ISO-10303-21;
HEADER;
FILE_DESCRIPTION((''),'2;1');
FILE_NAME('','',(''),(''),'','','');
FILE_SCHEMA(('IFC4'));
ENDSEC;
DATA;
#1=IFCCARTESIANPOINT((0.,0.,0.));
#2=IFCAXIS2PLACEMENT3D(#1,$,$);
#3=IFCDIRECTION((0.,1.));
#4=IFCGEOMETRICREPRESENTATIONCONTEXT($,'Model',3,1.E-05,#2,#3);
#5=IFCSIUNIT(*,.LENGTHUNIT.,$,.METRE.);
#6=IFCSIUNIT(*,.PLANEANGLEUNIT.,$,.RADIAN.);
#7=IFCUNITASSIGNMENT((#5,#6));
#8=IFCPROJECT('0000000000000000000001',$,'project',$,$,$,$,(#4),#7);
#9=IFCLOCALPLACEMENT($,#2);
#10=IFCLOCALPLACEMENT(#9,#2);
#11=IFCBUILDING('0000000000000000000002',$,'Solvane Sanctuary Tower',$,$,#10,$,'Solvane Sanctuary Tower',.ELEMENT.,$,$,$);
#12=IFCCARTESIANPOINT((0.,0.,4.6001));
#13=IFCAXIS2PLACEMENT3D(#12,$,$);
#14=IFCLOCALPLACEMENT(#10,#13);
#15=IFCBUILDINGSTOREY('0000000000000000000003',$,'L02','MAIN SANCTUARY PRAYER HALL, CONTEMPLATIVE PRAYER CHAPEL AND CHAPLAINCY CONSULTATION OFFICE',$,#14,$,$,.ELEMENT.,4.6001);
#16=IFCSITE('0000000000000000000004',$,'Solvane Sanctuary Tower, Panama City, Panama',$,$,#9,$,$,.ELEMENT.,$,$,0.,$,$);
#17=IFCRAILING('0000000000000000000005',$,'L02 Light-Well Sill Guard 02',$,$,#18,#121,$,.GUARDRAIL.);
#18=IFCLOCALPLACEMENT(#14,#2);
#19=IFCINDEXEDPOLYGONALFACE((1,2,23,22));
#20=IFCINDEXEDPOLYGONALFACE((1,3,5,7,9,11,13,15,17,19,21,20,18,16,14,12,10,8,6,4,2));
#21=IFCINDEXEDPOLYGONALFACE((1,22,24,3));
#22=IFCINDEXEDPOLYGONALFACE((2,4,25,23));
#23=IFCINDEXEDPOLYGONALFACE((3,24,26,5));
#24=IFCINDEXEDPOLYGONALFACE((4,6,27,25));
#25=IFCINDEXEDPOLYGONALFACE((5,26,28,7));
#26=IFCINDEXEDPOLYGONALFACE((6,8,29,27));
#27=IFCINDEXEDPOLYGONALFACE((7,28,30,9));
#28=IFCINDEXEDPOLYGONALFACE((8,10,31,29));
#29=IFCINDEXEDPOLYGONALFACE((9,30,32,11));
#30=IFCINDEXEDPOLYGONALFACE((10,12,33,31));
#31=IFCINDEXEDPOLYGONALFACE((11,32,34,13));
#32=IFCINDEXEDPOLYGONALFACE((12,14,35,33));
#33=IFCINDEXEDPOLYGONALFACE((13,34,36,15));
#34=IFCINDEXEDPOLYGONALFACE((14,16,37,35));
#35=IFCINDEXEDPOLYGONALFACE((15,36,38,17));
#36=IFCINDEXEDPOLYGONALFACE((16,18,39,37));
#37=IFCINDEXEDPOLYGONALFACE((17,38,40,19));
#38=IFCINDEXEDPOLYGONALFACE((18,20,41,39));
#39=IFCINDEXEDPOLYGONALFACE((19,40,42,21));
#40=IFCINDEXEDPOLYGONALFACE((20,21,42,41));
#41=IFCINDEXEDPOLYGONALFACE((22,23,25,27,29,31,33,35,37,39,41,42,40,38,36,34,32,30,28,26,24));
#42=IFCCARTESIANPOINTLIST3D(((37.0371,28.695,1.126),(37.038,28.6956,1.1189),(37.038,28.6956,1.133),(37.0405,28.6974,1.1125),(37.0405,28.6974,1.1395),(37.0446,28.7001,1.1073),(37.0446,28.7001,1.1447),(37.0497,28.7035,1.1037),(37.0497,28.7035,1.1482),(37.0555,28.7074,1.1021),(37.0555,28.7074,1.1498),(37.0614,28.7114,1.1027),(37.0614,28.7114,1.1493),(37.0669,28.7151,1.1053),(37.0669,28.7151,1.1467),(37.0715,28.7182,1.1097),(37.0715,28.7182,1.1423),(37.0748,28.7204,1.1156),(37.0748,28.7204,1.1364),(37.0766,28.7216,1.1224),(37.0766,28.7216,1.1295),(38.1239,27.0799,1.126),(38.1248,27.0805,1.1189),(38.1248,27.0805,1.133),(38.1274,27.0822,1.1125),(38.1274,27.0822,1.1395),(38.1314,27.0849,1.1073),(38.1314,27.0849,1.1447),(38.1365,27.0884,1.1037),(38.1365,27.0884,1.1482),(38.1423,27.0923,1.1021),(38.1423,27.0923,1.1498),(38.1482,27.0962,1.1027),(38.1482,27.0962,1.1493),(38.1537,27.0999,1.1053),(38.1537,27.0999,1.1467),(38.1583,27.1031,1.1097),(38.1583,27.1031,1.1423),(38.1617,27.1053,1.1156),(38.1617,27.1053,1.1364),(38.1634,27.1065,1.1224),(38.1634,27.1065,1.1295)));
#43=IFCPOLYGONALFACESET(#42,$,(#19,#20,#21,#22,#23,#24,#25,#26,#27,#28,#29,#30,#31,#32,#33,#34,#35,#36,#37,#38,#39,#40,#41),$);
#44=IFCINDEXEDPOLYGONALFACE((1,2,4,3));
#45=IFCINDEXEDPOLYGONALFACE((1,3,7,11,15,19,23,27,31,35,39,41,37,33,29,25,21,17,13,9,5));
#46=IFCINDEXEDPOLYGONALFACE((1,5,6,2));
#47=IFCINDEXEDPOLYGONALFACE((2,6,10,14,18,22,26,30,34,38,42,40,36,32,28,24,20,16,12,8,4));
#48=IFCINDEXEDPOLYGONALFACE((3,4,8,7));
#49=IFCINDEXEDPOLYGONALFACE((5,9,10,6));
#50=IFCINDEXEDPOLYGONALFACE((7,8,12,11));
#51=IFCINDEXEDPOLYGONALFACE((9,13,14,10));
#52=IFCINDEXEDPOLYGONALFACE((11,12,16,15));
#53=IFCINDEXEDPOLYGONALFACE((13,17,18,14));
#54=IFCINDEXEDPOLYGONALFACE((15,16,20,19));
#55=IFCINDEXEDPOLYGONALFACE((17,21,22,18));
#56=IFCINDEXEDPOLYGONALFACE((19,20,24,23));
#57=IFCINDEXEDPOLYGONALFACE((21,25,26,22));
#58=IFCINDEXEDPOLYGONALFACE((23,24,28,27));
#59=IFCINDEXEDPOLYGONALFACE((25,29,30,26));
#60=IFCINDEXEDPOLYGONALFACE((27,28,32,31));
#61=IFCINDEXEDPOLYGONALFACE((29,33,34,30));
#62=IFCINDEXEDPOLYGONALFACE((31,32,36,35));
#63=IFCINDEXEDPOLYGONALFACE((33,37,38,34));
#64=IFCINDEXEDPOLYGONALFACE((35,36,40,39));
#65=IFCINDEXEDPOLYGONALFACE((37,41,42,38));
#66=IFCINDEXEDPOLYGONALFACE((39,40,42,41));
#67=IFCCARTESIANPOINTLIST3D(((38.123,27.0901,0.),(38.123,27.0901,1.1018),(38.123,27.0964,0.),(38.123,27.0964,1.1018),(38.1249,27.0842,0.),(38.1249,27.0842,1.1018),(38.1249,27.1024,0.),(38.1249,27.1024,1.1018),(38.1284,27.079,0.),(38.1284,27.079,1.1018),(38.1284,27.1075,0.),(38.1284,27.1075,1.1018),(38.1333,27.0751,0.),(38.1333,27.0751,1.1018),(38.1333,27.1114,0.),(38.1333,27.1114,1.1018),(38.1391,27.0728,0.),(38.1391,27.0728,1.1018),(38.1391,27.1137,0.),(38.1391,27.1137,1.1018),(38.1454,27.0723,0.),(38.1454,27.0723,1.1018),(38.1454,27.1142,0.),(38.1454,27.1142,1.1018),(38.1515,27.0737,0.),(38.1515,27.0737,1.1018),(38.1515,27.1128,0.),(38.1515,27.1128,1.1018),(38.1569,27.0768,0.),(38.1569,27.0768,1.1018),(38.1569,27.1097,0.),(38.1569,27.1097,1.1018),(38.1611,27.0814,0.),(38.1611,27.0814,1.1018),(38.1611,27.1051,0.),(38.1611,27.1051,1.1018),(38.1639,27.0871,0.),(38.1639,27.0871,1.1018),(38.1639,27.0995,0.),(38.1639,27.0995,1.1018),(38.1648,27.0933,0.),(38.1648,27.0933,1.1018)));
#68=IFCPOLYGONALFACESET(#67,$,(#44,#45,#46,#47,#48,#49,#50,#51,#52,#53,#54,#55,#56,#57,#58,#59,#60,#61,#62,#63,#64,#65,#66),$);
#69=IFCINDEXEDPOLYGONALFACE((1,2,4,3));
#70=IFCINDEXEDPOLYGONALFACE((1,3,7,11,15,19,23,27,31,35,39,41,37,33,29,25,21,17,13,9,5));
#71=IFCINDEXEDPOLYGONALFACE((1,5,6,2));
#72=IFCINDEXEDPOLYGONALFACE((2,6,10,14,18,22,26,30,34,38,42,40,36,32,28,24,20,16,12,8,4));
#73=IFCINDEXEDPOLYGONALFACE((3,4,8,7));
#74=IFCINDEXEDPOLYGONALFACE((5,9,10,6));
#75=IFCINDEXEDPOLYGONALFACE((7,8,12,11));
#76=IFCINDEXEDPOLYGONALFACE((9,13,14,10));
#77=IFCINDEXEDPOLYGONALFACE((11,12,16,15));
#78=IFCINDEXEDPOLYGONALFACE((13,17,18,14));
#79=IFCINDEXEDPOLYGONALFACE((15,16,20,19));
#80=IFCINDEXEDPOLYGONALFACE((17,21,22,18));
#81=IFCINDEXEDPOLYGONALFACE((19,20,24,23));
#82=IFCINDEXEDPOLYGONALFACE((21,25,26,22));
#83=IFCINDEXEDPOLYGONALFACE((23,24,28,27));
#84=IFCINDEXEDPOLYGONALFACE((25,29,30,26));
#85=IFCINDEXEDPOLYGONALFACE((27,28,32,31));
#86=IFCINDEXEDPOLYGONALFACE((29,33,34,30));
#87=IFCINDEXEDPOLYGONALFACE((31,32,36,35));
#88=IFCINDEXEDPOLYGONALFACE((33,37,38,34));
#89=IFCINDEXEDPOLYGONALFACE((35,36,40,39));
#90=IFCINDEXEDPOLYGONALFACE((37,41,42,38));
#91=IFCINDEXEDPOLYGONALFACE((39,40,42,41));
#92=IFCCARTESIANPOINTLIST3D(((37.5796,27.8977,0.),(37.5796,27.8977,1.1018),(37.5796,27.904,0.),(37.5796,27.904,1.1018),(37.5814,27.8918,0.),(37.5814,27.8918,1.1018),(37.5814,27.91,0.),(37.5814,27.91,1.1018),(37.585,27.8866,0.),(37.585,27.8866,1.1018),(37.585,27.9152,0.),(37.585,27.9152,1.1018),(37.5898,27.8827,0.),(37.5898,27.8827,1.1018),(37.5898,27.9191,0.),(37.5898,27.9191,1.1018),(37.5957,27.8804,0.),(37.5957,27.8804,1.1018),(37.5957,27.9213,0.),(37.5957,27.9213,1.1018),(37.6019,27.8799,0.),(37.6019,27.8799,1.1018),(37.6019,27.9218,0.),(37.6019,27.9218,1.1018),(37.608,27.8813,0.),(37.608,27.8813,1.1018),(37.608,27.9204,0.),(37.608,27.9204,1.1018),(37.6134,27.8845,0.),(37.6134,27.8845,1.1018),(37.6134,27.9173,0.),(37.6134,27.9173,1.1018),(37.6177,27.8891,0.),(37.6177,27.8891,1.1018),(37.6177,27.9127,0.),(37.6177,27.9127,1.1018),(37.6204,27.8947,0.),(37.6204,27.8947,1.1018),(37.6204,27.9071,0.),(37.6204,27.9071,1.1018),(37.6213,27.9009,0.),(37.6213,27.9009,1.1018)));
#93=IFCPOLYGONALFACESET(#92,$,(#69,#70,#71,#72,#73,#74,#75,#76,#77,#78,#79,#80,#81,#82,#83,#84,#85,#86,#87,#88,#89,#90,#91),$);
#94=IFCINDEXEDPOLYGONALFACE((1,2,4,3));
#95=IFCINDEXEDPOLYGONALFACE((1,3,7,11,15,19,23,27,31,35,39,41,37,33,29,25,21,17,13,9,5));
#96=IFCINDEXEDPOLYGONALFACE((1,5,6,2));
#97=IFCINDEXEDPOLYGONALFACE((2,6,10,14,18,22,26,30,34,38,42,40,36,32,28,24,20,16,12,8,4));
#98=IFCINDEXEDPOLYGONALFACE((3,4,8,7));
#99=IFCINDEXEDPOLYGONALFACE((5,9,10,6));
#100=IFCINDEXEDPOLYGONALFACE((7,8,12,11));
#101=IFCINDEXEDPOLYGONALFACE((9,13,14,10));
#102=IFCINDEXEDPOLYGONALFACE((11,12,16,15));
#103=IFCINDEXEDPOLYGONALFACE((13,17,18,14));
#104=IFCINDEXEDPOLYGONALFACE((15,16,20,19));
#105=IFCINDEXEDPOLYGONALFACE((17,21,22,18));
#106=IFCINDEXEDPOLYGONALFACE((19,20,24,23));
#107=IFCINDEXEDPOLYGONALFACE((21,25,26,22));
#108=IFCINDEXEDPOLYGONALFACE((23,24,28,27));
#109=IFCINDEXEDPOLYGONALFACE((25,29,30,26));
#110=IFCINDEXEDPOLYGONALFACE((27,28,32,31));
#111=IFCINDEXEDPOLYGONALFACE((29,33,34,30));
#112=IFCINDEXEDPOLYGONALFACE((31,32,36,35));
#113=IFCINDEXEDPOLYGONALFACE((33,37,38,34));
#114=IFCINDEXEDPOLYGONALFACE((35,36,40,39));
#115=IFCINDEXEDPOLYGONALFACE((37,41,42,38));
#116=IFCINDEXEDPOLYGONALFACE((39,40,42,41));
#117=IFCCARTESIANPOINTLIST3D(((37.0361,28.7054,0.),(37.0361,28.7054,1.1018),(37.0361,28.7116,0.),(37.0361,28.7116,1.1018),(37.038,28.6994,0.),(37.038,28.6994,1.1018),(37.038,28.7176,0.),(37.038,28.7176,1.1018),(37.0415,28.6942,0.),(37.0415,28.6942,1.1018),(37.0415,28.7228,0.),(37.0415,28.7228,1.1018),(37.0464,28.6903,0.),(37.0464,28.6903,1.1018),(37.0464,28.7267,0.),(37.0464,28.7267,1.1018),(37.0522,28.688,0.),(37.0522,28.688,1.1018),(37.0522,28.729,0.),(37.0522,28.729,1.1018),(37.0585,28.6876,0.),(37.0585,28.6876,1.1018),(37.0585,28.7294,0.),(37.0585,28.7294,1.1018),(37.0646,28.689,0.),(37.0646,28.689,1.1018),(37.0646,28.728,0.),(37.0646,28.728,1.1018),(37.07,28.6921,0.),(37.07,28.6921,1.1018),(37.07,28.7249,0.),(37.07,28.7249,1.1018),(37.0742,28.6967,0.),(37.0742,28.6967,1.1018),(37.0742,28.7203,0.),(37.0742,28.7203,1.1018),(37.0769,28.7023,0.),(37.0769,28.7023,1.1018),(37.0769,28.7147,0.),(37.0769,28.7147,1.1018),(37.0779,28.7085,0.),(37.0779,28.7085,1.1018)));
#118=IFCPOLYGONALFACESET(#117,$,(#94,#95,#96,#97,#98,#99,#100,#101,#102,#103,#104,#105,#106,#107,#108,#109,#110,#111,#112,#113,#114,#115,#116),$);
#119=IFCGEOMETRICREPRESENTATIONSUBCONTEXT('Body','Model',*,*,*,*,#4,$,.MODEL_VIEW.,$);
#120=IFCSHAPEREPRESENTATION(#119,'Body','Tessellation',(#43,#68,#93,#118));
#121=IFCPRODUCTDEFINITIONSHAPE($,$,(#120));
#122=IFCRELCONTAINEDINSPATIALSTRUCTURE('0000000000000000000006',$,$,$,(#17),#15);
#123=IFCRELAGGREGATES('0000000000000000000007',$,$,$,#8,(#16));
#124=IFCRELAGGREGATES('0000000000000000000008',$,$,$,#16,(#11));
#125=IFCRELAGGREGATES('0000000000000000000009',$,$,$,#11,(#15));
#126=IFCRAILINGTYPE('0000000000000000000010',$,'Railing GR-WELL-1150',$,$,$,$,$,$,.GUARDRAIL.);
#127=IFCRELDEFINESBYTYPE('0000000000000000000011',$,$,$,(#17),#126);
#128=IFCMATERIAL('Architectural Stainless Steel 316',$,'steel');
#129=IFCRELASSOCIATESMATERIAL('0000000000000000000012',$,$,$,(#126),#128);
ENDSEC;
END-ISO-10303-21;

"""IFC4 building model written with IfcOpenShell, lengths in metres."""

from ifc_helpers import new_model, si_unit, direction, frame, origin, origin_2d, place, context, subcontext, project, spatial, circle, extrude, material, type_object, element, save


model = new_model("IFC4")

# Units and contexts
model_context = context("Model", 3, precision=1e-05, world=origin(), true_north=direction((0.0, 1.0)))
body_context = subcontext(model_context, "Body", "Model", "MODEL_VIEW")
ifc_project = project(units=[si_unit("LENGTHUNIT", "METRE"), si_unit("PLANEANGLEUNIT", "RADIAN")], contexts=[model_context])

# Site, building, storey
site_placement = place(None, origin())
site = spatial("IfcSite", under=ifc_project, at=site_placement, Name="Solvane Sanctuary Tower, Panama City, Panama", CompositionType="ELEMENT", RefElevation=0.0)
building_placement = place(site_placement, origin())
building = spatial("IfcBuilding", under=site, at=building_placement, Name="Solvane Sanctuary Tower", LongName="Solvane Sanctuary Tower", CompositionType="ELEMENT")
storey_placement = place(building_placement, frame((0.0, 0.0, 4.6001)))
storey = spatial("IfcBuildingStorey", under=building, at=storey_placement, Name="L02", Description="MAIN SANCTUARY PRAYER HALL, CONTEMPLATIVE PRAYER CHAPEL AND CHAPLAINCY CONSULTATION OFFICE", CompositionType="ELEMENT", Elevation=4.6001)

# Shared definitions
ifc_material_1 = material(Name="Architectural Stainless Steel 316", Category="steel")

# Railing
railing_type = type_object("IfcRailingType", Name="Railing GR-WELL-1150", PredefinedType="GUARDRAIL", material=ifc_material_1)
railing_1_placement = place(storey_placement, frame((38.1438, 27.0933, 0.0)))
element("IfcRailing", 1, at=railing_1_placement, inside=storey, type_object=railing_type, Name="L02 Light-Well Sill Guard 02", PredefinedType="GUARDRAIL", context=body_context, shape_type="SweptSolid", body=[
    extrude(circle(Radius=0.0239, at=origin_2d()), frame((0.0, 0.0, 1.126), z_axis=(-0.558283, 0.82965, 0.0), x_axis=(-0.82965, -0.558283, 0.0)), (0.0, 0.0, 1.0), 1.9468),
    extrude(circle(Radius=0.021, at=origin_2d()), origin(), (0.0, 0.0, 1.0), 1.1018),
    extrude(circle(Radius=0.021, at=origin_2d()), frame((-0.5435, 0.8076, 0.0)), (0.0, 0.0, 1.0), 1.1018),
    extrude(circle(Radius=0.021, at=origin_2d()), frame((-1.0869, 1.6152, 0.0)), (0.0, 0.0, 1.0), 1.1018),
])

save(model, "model.ifc")
